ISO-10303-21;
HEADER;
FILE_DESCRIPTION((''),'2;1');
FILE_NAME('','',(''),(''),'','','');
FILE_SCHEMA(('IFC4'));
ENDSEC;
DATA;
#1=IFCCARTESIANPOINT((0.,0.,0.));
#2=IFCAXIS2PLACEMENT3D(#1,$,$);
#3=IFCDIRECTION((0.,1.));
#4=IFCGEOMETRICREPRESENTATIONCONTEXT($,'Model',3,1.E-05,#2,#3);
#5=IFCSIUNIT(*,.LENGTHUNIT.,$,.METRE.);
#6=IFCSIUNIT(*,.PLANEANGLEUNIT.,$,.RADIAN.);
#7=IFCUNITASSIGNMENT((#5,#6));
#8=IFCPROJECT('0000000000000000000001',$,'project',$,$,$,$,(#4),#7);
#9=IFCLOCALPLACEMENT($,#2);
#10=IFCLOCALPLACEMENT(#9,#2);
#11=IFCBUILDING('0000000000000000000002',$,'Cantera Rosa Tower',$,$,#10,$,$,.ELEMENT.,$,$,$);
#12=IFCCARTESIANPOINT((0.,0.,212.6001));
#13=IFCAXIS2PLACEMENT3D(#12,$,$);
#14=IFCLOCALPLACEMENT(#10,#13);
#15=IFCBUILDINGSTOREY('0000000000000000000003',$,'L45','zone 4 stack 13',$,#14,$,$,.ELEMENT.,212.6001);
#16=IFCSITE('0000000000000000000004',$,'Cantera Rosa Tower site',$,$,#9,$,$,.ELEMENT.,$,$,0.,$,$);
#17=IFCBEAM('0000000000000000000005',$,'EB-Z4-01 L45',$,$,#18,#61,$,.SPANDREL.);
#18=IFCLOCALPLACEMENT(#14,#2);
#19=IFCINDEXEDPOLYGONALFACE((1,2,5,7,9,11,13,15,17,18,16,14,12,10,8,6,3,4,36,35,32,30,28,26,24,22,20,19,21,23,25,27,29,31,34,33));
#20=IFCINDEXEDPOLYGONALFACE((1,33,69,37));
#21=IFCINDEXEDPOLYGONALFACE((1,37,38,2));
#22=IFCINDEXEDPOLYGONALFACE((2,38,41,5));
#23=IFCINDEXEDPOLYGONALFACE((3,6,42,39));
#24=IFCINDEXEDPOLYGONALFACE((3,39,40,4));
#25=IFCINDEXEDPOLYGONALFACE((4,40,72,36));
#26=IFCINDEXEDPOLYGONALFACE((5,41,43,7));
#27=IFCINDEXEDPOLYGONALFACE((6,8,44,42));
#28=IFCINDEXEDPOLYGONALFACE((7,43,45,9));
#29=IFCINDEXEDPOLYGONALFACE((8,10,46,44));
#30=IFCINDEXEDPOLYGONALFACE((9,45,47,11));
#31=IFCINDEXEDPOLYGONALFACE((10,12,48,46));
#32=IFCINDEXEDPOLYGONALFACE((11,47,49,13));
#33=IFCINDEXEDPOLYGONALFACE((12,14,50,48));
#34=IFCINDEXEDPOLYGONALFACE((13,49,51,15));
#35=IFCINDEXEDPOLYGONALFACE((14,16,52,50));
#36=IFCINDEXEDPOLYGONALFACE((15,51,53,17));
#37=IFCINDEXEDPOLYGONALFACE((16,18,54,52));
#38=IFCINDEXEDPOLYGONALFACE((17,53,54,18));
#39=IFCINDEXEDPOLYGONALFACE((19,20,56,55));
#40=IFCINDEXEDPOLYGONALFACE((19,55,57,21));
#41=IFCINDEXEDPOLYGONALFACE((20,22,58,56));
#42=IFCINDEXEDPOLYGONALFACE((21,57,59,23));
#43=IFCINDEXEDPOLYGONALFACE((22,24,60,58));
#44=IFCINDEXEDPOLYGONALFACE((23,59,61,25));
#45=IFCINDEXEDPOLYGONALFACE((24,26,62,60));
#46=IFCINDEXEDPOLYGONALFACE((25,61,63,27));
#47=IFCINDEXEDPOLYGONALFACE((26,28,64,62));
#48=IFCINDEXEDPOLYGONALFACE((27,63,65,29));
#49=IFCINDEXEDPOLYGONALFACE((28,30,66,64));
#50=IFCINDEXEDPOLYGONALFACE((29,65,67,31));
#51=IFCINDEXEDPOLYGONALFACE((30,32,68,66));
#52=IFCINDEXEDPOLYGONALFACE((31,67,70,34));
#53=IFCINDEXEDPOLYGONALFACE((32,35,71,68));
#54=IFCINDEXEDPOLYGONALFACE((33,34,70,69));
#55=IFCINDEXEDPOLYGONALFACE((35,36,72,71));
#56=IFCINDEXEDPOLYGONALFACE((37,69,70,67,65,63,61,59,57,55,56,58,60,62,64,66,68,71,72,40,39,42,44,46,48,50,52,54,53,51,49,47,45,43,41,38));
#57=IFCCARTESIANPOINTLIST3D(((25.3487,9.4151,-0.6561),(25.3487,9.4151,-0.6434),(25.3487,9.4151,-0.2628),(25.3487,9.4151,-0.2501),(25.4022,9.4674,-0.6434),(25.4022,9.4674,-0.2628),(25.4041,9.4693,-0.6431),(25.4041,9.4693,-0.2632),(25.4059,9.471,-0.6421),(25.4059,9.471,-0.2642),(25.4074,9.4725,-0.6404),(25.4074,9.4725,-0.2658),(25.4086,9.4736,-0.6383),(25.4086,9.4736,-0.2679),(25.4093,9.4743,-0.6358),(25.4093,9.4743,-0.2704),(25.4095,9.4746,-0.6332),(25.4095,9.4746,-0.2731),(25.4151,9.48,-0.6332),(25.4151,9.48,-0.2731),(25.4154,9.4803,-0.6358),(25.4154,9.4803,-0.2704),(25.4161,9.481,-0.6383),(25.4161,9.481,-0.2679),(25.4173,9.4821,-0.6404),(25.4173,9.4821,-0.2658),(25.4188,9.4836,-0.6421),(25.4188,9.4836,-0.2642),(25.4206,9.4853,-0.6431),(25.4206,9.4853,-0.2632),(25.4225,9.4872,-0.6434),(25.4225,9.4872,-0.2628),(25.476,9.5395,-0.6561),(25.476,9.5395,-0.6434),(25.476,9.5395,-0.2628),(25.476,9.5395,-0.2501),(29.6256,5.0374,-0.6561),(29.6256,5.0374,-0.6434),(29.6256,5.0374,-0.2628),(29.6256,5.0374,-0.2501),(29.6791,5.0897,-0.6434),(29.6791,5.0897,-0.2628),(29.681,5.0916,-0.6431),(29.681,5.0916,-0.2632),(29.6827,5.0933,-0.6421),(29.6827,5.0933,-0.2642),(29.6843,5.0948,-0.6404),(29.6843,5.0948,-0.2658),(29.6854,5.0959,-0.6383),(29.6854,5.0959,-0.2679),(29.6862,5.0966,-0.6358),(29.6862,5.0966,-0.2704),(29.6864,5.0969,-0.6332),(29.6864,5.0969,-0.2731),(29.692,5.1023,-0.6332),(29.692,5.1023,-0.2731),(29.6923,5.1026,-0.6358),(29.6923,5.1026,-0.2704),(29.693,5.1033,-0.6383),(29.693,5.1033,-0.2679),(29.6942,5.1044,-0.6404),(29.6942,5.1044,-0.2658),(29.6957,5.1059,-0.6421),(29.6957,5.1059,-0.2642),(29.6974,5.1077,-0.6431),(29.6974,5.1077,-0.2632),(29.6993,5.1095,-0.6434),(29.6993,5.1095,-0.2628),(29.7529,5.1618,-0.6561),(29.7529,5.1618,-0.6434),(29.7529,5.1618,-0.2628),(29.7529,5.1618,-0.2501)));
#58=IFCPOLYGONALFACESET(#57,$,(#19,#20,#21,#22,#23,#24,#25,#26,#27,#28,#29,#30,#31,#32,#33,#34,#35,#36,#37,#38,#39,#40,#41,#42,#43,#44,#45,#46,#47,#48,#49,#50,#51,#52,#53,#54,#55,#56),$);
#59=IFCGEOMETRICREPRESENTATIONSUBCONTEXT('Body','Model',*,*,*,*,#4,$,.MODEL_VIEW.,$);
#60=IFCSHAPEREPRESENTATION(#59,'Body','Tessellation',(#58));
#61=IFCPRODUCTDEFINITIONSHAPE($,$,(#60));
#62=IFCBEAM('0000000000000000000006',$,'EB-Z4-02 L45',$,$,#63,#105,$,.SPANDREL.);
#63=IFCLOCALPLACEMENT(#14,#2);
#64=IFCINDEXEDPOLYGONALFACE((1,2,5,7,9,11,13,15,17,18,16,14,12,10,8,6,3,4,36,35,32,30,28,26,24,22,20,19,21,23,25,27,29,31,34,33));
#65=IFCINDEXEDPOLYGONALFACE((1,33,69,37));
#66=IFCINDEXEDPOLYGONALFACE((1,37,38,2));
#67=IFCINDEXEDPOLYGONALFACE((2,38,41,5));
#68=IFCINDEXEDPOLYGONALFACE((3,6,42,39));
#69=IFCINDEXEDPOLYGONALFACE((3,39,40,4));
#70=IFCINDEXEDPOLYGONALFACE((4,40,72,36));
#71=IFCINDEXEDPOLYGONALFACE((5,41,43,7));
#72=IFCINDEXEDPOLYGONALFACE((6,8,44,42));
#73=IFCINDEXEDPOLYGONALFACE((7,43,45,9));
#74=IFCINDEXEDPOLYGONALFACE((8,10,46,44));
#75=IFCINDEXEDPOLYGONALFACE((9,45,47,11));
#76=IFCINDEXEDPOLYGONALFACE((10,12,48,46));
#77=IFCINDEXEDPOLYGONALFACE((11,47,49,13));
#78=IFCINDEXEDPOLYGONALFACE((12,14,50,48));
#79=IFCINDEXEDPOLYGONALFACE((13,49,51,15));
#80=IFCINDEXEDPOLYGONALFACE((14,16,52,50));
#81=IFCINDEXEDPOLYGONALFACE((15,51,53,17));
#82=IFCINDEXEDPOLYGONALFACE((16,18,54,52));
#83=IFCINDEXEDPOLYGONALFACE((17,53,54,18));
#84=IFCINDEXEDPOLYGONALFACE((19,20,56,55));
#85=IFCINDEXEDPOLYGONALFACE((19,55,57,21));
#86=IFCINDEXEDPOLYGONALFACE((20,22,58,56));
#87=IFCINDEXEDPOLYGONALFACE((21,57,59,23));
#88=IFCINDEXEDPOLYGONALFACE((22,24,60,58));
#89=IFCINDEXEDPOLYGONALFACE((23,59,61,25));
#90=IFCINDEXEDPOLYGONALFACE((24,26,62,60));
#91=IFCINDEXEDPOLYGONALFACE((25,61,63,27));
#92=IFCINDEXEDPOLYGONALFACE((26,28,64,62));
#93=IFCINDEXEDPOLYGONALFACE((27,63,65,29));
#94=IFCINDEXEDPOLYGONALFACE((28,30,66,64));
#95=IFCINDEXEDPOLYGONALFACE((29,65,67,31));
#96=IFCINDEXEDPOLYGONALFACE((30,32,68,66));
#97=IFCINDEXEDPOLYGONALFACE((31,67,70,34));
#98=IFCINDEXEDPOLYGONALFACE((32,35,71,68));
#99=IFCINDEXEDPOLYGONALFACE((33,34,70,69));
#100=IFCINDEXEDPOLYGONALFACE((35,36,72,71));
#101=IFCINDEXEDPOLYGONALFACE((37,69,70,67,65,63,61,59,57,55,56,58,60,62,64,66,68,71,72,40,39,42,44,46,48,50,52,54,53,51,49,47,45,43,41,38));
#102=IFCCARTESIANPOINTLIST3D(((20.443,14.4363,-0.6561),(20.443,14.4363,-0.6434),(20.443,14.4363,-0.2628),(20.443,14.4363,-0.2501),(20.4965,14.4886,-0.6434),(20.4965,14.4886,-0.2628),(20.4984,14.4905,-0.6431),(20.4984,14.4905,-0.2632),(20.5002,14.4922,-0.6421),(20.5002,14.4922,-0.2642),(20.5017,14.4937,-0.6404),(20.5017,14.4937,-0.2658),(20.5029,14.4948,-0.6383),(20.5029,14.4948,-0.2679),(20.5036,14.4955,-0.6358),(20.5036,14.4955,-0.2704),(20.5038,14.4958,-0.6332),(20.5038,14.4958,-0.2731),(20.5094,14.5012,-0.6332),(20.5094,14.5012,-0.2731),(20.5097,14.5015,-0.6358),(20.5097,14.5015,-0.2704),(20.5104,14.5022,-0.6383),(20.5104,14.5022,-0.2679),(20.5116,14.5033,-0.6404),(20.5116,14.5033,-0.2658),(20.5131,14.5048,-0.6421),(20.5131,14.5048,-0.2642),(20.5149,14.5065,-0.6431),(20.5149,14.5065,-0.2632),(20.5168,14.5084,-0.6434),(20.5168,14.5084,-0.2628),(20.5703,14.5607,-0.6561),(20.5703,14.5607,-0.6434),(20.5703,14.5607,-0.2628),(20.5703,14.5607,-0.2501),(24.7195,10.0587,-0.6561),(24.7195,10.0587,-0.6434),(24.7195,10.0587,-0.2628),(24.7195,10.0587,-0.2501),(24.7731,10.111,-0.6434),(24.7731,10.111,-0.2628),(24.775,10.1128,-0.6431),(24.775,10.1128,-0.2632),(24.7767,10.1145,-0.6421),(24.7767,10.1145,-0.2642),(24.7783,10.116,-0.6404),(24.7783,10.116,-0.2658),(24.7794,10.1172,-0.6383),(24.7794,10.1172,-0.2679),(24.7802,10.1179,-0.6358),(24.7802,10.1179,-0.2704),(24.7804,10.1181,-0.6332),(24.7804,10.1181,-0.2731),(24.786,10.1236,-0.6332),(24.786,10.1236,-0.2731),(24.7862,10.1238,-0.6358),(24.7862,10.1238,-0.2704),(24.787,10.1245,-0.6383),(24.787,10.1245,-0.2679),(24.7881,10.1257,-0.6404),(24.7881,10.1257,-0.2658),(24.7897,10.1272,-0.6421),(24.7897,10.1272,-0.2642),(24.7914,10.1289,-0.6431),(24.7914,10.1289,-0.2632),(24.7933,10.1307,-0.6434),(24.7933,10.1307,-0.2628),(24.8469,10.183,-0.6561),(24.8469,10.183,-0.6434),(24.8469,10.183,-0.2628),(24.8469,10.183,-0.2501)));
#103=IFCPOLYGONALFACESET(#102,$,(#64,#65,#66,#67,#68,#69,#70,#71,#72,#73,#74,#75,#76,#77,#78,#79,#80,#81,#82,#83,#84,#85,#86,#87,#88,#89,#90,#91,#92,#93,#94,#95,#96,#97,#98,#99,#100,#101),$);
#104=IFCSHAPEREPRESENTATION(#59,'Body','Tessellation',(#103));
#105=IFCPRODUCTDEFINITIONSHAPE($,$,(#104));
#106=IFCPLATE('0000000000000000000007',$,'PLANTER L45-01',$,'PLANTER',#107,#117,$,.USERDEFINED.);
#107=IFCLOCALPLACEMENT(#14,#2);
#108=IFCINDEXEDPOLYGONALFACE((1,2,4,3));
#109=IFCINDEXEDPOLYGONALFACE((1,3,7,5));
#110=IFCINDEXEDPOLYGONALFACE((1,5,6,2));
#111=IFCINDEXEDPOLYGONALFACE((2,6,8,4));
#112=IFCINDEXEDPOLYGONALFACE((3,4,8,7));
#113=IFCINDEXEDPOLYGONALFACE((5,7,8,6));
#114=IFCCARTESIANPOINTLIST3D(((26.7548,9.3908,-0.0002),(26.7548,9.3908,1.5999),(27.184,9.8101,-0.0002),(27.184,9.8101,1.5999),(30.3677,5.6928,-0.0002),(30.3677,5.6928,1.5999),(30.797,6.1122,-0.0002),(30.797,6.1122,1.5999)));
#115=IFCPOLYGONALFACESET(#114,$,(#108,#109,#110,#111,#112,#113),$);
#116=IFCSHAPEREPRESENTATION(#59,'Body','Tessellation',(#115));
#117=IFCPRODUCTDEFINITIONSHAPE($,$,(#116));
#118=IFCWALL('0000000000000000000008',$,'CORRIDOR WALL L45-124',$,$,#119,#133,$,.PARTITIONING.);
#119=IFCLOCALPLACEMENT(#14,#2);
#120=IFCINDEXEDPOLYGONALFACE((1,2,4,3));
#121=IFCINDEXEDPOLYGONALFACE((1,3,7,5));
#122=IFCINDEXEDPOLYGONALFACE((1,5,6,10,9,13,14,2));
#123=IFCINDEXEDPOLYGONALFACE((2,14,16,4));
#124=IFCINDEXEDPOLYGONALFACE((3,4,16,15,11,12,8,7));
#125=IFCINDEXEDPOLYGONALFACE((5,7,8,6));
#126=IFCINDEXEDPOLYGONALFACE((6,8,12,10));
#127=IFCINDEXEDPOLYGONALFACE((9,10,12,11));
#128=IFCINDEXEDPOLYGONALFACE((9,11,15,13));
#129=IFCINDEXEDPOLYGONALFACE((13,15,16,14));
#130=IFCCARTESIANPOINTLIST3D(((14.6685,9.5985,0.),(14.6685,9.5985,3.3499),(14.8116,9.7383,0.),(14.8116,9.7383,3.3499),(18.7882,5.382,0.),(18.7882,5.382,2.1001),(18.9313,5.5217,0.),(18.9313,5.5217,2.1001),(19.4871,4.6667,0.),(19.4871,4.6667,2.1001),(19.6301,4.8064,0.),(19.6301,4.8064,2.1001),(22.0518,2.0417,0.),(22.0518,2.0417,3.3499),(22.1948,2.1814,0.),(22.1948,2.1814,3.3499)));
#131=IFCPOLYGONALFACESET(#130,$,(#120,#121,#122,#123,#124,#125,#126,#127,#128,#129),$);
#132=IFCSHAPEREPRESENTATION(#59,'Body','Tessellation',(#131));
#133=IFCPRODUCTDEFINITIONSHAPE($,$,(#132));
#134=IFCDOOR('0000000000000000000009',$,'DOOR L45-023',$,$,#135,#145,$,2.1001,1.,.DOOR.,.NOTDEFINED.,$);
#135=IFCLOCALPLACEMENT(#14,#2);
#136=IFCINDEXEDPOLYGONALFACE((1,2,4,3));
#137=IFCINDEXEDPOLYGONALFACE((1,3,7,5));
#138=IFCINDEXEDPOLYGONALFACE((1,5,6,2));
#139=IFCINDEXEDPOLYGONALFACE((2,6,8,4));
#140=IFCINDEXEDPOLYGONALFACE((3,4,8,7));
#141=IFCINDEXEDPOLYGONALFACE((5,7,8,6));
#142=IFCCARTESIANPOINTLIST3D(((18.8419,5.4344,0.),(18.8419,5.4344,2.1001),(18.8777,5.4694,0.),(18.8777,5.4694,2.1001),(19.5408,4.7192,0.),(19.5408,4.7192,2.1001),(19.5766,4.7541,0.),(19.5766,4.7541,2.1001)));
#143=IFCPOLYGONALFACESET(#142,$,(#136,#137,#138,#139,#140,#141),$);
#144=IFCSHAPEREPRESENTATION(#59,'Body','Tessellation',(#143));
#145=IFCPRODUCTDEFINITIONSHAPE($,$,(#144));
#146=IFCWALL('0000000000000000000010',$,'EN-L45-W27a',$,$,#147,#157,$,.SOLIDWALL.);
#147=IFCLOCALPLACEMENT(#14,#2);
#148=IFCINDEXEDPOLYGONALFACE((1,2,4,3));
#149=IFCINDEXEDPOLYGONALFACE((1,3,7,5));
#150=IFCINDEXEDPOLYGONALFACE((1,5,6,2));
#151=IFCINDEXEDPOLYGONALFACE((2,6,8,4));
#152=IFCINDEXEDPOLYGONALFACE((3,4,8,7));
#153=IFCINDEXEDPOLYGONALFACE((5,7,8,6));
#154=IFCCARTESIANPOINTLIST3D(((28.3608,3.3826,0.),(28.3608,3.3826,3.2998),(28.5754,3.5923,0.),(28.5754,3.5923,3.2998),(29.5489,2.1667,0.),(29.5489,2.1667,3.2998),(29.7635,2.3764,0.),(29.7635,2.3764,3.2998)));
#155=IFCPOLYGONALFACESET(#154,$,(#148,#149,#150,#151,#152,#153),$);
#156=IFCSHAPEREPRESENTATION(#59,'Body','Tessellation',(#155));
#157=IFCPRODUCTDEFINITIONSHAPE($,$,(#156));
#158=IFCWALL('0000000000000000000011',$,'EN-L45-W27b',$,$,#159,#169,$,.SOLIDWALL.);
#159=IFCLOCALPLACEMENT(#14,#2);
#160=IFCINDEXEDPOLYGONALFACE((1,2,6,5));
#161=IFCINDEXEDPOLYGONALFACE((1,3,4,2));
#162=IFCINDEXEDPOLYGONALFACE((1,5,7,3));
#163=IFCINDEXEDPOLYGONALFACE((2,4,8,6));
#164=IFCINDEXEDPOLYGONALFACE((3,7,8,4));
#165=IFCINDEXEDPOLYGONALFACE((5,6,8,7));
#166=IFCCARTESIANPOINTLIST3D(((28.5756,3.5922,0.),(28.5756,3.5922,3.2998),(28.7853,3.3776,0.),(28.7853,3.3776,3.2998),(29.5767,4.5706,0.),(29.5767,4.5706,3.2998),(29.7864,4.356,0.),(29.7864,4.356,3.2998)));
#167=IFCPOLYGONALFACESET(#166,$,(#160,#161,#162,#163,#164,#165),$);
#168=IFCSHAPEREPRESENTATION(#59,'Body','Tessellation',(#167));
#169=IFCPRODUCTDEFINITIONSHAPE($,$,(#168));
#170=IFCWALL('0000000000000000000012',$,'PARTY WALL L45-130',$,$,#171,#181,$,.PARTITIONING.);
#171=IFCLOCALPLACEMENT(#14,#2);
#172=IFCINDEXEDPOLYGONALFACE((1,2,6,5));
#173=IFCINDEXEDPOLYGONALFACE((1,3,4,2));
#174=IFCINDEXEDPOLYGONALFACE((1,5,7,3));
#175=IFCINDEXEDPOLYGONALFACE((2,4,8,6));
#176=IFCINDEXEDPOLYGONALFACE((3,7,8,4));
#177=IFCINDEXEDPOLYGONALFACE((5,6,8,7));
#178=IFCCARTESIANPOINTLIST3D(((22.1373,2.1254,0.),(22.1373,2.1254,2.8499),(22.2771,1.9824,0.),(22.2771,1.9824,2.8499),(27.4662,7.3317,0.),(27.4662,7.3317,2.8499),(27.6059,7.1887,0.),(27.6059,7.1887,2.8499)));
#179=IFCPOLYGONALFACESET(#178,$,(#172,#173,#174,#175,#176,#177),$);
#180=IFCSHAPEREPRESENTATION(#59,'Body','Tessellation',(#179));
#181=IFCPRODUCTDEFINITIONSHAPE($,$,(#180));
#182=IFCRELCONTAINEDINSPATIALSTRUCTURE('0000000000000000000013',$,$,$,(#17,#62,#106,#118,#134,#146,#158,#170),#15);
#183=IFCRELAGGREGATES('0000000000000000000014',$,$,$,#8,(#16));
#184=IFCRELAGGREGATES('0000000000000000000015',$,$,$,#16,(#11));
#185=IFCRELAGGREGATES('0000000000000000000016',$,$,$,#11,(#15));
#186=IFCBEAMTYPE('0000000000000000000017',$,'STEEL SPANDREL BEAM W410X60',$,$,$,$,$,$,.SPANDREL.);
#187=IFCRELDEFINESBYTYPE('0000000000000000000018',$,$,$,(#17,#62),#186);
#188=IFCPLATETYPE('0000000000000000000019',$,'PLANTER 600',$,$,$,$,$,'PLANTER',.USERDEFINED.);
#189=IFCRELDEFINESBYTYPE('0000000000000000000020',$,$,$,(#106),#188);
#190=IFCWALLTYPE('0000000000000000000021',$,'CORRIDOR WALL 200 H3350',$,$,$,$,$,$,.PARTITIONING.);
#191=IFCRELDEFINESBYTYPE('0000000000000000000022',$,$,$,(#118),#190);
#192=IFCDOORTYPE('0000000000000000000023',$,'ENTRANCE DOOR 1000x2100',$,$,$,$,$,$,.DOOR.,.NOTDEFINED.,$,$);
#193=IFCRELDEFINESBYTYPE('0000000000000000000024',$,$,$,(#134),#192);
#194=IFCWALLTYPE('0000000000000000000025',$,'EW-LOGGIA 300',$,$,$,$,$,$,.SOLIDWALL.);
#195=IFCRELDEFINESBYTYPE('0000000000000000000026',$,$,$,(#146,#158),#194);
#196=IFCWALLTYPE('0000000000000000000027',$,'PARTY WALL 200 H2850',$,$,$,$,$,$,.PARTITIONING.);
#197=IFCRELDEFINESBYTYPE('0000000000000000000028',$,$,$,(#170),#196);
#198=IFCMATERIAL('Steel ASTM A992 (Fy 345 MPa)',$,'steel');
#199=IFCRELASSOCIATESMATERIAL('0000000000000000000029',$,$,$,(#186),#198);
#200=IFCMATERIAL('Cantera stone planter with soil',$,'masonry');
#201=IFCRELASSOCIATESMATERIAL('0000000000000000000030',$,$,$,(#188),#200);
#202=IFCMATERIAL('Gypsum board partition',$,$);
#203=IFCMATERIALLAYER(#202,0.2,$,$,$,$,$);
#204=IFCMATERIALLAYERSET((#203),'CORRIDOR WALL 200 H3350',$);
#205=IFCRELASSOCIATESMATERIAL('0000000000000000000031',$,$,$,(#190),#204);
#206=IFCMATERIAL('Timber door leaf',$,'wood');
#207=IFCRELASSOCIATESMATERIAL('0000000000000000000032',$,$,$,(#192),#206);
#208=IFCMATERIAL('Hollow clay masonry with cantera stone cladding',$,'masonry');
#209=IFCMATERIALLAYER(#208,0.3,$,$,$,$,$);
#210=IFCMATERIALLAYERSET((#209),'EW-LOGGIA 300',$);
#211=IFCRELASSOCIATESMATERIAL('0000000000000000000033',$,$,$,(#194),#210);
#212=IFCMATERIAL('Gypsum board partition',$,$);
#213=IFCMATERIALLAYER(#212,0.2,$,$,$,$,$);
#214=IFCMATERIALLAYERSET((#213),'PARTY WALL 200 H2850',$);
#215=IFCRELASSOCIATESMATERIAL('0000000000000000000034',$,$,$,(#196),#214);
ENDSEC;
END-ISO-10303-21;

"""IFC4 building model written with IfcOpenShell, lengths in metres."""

from ifc_helpers import new_model, si_unit, direction, frame, frame_2d, origin, origin_2d, place, context, subcontext, project, spatial, rectangle, i_section, extrude, material, layer, layer_set, material_profile, profile_set, type_object, element, fill, save


model = new_model("IFC4")

# Units and contexts
model_context = context("Model", 3, precision=1e-05, world=origin(), true_north=direction((0.0, 1.0)))
body_context = subcontext(model_context, "Body", "Model", "MODEL_VIEW")
ifc_project = project(units=[si_unit("LENGTHUNIT", "METRE"), si_unit("PLANEANGLEUNIT", "RADIAN")], contexts=[model_context])

# Site, building, storey
site_placement = place(None, origin())
site = spatial("IfcSite", under=ifc_project, at=site_placement, Name="Cantera Rosa Tower site", CompositionType="ELEMENT", RefElevation=0.0)
building_placement = place(site_placement, origin())
building = spatial("IfcBuilding", under=site, at=building_placement, Name="Cantera Rosa Tower", CompositionType="ELEMENT")
storey_placement = place(building_placement, frame((0.0, 0.0, 212.6001)))
storey = spatial("IfcBuildingStorey", under=building, at=storey_placement, Name="L45", Description="zone 4 stack 13", CompositionType="ELEMENT", Elevation=212.6001)

# Beams
ifc_material_1 = material(Name="Steel ASTM A992 (Fy 345 MPa)", Category="steel")
ifc_material_profile_1 = material_profile(ifc_material_1, i_section(OverallWidth=0.178, OverallDepth=0.406, WebThickness=0.0078, FlangeThickness=0.0127, FilletRadius=0.0103, at=origin_2d()), Name="W410X60")
ifc_profile_set_1 = profile_set([ifc_material_profile_1], Name="Steel ASTM A992 (Fy 345 MPa)")
beam_type_1 = type_object("IfcBeamType", Name="STEEL SPANDREL BEAM W410X60", PredefinedType="SPANDREL", material=ifc_profile_set_1)
beam_1_placement = place(storey_placement, frame((29.6892, 5.0996, -0.4531), z_axis=(-0.698821, 0.715296, 0.0), x_axis=(-0.715296, -0.698821, 0.0)))
element("IfcBeam", 1, at=beam_1_placement, inside=storey, type_object=beam_type_1, Name="EB-Z4-01 L45", PredefinedType="SPANDREL", context=body_context, shape_type="SweptSolid", body=[
    extrude(i_section(OverallWidth=0.178, OverallDepth=0.406, WebThickness=0.0078, FlangeThickness=0.0127, FilletRadius=0.0103, at=origin_2d()), origin(), (0.0, 0.0, 1.0), 6.1201),
])
beam_2_placement = place(storey_placement, frame((24.7832, 10.1208, -0.4531), z_axis=(-0.698801, 0.715316, 0.0), x_axis=(-0.715316, -0.698801, 0.0)))
element("IfcBeam", 2, at=beam_2_placement, inside=storey, type_object=beam_type_1, Name="EB-Z4-02 L45", PredefinedType="SPANDREL", context=body_context, shape_type="SweptSolid", body=[
    extrude(i_section(OverallWidth=0.178, OverallDepth=0.406, WebThickness=0.0078, FlangeThickness=0.0127, FilletRadius=0.0103, at=origin_2d()), origin(), (0.0, 0.0, 1.0), 6.1199),
])

# Plate
ifc_material_2 = material(Name="Cantera stone planter with soil", Category="masonry")
plate_type = type_object("IfcPlateType", Name="PLANTER 600", ElementType="PLANTER", PredefinedType="USERDEFINED", material=ifc_material_2)
plate_placement = place(storey_placement, frame((28.7759, 7.7515, -0.0002), z_axis=(0.0, 0.0, 1.0), x_axis=(-0.698832, 0.715286, 0.0)))
element("IfcPlate", 3, at=plate_placement, inside=storey, type_object=plate_type, Name="PLANTER L45-01", ObjectType="PLANTER", PredefinedType="USERDEFINED", context=body_context, shape_type="SweptSolid", body=[
    extrude(rectangle(XDim=5.1699, YDim=0.6001, at=origin_2d()), origin(), (0.0, 0.0, 1.0), 1.6001),
])

# Wall, opening, door
ifc_material_3 = material(Name="Gypsum board partition")
ifc_layer_1 = layer(ifc_material_3, 0.2)
ifc_layer_set_1 = layer_set([ifc_layer_1], Name="CORRIDOR WALL 200 H3350")
wall_type_1 = type_object("IfcWallType", Name="CORRIDOR WALL 200 H3350", PredefinedType="PARTITIONING", material=ifc_layer_set_1)
wall_1_placement = place(storey_placement, frame((22.1233, 2.1116, 0.0), z_axis=(0.0, 0.0, 1.0), x_axis=(-0.698844, 0.715274, 0.0)))
wall_1 = element("IfcWall", 4, at=wall_1_placement, inside=storey, type_object=wall_type_1, Name="CORRIDOR WALL L45-124", PredefinedType="PARTITIONING", context=body_context, shape_type="SweptSolid", body=[
    extrude(rectangle(XDim=10.5649, YDim=0.2, at=frame_2d((5.2825, 0.0))), origin(), (0.0, 0.0, 1.0), 3.3499),
])
opening_1_placement = place(wall_1_placement, frame((3.6699, 0.0, 0.0)))
opening_1 = element("IfcOpeningElement", 5, at=opening_1_placement, cuts=wall_1, PredefinedType="OPENING", context=body_context, shape_type="SweptSolid", body=[
    extrude(rectangle(XDim=1.0, YDim=2.1001, at=frame_2d((0.5, 1.05))), frame((0.0, 0.1099, 0.0), z_axis=(0.0, -1.0, 0.0), x_axis=(1.0, 0.0, 0.0)), (0.0, 0.0, 1.0), 0.22),
])
ifc_material_4 = material(Name="Timber door leaf", Category="wood")
door_type_1 = type_object("IfcDoorType", Name="ENTRANCE DOOR 1000x2100", OperationType="NOTDEFINED", PredefinedType="DOOR", material=ifc_material_4)
door_1_placement = place(opening_1_placement, origin())
door_1 = element("IfcDoor", 6, at=door_1_placement, inside=storey, type_object=door_type_1, Name="DOOR L45-023", OperationType="NOTDEFINED", OverallHeight=2.1001, OverallWidth=1.0, PredefinedType="DOOR", context=body_context, shape_type="SweptSolid", body=[
    extrude(rectangle(XDim=1.0, YDim=2.1001, at=frame_2d((0.5, 1.05))), frame((0.0, 0.0249, 0.0), z_axis=(0.0, -1.0, 0.0), x_axis=(1.0, 0.0, 0.0)), (0.0, 0.0, 1.0), 0.05),
])
fill(opening_1, door_1)

# Walls
ifc_material_5 = material(Name="Hollow clay masonry with cantera stone cladding", Category="masonry")
ifc_layer_2 = layer(ifc_material_5, 0.3)
ifc_layer_set_2 = layer_set([ifc_layer_2], Name="EW-LOGGIA 300")
wall_type_2 = type_object("IfcWallType", Name="EW-LOGGIA 300", PredefinedType="SOLIDWALL", material=ifc_layer_set_2)
wall_2_placement = place(storey_placement, frame((29.6562, 2.2715, 0.0), z_axis=(0.0, 0.0, 1.0), x_axis=(-0.698873, 0.715246, 0.0)))
element("IfcWall", 7, at=wall_2_placement, inside=storey, type_object=wall_type_2, Name="EN-L45-W27a", PredefinedType="SOLIDWALL", context=body_context, shape_type="SweptSolid", body=[
    extrude(rectangle(XDim=1.7, YDim=0.3, at=frame_2d((0.8501, 0.0))), origin(), (0.0, 0.0, 1.0), 3.2998),
])
wall_3_placement = place(storey_placement, frame((28.6804, 3.4849, 0.0), z_axis=(0.0, 0.0, 1.0), x_axis=(0.715169, 0.698951, 0.0)))
element("IfcWall", 8, at=wall_3_placement, inside=storey, type_object=wall_type_2, Name="EN-L45-W27b", PredefinedType="SOLIDWALL", context=body_context, shape_type="SweptSolid", body=[
    extrude(rectangle(XDim=1.3999, YDim=0.3, at=frame_2d((0.7, 0.0))), origin(), (0.0, 0.0, 1.0), 3.2998),
])

# Wall
ifc_material_6 = material(Name="Gypsum board partition")
ifc_layer_3 = layer(ifc_material_6, 0.2)
ifc_layer_set_3 = layer_set([ifc_layer_3], Name="PARTY WALL 200 H2850")
wall_type_3 = type_object("IfcWallType", Name="PARTY WALL 200 H2850", PredefinedType="PARTITIONING", material=ifc_layer_set_3)
wall_4_placement = place(storey_placement, frame((27.5361, 7.2603, 0.0), z_axis=(0.0, 0.0, 1.0), x_axis=(-0.715284, -0.698834, 0.0)))
element("IfcWall", 9, at=wall_4_placement, inside=storey, type_object=wall_type_3, Name="PARTY WALL L45-130", PredefinedType="PARTITIONING", context=body_context, shape_type="SweptSolid", body=[
    extrude(rectangle(XDim=7.45, YDim=0.2, at=frame_2d((3.7251, 0.0))), origin(), (0.0, 0.0, 1.0), 2.8499),
])

save(model, "model.ifc")
